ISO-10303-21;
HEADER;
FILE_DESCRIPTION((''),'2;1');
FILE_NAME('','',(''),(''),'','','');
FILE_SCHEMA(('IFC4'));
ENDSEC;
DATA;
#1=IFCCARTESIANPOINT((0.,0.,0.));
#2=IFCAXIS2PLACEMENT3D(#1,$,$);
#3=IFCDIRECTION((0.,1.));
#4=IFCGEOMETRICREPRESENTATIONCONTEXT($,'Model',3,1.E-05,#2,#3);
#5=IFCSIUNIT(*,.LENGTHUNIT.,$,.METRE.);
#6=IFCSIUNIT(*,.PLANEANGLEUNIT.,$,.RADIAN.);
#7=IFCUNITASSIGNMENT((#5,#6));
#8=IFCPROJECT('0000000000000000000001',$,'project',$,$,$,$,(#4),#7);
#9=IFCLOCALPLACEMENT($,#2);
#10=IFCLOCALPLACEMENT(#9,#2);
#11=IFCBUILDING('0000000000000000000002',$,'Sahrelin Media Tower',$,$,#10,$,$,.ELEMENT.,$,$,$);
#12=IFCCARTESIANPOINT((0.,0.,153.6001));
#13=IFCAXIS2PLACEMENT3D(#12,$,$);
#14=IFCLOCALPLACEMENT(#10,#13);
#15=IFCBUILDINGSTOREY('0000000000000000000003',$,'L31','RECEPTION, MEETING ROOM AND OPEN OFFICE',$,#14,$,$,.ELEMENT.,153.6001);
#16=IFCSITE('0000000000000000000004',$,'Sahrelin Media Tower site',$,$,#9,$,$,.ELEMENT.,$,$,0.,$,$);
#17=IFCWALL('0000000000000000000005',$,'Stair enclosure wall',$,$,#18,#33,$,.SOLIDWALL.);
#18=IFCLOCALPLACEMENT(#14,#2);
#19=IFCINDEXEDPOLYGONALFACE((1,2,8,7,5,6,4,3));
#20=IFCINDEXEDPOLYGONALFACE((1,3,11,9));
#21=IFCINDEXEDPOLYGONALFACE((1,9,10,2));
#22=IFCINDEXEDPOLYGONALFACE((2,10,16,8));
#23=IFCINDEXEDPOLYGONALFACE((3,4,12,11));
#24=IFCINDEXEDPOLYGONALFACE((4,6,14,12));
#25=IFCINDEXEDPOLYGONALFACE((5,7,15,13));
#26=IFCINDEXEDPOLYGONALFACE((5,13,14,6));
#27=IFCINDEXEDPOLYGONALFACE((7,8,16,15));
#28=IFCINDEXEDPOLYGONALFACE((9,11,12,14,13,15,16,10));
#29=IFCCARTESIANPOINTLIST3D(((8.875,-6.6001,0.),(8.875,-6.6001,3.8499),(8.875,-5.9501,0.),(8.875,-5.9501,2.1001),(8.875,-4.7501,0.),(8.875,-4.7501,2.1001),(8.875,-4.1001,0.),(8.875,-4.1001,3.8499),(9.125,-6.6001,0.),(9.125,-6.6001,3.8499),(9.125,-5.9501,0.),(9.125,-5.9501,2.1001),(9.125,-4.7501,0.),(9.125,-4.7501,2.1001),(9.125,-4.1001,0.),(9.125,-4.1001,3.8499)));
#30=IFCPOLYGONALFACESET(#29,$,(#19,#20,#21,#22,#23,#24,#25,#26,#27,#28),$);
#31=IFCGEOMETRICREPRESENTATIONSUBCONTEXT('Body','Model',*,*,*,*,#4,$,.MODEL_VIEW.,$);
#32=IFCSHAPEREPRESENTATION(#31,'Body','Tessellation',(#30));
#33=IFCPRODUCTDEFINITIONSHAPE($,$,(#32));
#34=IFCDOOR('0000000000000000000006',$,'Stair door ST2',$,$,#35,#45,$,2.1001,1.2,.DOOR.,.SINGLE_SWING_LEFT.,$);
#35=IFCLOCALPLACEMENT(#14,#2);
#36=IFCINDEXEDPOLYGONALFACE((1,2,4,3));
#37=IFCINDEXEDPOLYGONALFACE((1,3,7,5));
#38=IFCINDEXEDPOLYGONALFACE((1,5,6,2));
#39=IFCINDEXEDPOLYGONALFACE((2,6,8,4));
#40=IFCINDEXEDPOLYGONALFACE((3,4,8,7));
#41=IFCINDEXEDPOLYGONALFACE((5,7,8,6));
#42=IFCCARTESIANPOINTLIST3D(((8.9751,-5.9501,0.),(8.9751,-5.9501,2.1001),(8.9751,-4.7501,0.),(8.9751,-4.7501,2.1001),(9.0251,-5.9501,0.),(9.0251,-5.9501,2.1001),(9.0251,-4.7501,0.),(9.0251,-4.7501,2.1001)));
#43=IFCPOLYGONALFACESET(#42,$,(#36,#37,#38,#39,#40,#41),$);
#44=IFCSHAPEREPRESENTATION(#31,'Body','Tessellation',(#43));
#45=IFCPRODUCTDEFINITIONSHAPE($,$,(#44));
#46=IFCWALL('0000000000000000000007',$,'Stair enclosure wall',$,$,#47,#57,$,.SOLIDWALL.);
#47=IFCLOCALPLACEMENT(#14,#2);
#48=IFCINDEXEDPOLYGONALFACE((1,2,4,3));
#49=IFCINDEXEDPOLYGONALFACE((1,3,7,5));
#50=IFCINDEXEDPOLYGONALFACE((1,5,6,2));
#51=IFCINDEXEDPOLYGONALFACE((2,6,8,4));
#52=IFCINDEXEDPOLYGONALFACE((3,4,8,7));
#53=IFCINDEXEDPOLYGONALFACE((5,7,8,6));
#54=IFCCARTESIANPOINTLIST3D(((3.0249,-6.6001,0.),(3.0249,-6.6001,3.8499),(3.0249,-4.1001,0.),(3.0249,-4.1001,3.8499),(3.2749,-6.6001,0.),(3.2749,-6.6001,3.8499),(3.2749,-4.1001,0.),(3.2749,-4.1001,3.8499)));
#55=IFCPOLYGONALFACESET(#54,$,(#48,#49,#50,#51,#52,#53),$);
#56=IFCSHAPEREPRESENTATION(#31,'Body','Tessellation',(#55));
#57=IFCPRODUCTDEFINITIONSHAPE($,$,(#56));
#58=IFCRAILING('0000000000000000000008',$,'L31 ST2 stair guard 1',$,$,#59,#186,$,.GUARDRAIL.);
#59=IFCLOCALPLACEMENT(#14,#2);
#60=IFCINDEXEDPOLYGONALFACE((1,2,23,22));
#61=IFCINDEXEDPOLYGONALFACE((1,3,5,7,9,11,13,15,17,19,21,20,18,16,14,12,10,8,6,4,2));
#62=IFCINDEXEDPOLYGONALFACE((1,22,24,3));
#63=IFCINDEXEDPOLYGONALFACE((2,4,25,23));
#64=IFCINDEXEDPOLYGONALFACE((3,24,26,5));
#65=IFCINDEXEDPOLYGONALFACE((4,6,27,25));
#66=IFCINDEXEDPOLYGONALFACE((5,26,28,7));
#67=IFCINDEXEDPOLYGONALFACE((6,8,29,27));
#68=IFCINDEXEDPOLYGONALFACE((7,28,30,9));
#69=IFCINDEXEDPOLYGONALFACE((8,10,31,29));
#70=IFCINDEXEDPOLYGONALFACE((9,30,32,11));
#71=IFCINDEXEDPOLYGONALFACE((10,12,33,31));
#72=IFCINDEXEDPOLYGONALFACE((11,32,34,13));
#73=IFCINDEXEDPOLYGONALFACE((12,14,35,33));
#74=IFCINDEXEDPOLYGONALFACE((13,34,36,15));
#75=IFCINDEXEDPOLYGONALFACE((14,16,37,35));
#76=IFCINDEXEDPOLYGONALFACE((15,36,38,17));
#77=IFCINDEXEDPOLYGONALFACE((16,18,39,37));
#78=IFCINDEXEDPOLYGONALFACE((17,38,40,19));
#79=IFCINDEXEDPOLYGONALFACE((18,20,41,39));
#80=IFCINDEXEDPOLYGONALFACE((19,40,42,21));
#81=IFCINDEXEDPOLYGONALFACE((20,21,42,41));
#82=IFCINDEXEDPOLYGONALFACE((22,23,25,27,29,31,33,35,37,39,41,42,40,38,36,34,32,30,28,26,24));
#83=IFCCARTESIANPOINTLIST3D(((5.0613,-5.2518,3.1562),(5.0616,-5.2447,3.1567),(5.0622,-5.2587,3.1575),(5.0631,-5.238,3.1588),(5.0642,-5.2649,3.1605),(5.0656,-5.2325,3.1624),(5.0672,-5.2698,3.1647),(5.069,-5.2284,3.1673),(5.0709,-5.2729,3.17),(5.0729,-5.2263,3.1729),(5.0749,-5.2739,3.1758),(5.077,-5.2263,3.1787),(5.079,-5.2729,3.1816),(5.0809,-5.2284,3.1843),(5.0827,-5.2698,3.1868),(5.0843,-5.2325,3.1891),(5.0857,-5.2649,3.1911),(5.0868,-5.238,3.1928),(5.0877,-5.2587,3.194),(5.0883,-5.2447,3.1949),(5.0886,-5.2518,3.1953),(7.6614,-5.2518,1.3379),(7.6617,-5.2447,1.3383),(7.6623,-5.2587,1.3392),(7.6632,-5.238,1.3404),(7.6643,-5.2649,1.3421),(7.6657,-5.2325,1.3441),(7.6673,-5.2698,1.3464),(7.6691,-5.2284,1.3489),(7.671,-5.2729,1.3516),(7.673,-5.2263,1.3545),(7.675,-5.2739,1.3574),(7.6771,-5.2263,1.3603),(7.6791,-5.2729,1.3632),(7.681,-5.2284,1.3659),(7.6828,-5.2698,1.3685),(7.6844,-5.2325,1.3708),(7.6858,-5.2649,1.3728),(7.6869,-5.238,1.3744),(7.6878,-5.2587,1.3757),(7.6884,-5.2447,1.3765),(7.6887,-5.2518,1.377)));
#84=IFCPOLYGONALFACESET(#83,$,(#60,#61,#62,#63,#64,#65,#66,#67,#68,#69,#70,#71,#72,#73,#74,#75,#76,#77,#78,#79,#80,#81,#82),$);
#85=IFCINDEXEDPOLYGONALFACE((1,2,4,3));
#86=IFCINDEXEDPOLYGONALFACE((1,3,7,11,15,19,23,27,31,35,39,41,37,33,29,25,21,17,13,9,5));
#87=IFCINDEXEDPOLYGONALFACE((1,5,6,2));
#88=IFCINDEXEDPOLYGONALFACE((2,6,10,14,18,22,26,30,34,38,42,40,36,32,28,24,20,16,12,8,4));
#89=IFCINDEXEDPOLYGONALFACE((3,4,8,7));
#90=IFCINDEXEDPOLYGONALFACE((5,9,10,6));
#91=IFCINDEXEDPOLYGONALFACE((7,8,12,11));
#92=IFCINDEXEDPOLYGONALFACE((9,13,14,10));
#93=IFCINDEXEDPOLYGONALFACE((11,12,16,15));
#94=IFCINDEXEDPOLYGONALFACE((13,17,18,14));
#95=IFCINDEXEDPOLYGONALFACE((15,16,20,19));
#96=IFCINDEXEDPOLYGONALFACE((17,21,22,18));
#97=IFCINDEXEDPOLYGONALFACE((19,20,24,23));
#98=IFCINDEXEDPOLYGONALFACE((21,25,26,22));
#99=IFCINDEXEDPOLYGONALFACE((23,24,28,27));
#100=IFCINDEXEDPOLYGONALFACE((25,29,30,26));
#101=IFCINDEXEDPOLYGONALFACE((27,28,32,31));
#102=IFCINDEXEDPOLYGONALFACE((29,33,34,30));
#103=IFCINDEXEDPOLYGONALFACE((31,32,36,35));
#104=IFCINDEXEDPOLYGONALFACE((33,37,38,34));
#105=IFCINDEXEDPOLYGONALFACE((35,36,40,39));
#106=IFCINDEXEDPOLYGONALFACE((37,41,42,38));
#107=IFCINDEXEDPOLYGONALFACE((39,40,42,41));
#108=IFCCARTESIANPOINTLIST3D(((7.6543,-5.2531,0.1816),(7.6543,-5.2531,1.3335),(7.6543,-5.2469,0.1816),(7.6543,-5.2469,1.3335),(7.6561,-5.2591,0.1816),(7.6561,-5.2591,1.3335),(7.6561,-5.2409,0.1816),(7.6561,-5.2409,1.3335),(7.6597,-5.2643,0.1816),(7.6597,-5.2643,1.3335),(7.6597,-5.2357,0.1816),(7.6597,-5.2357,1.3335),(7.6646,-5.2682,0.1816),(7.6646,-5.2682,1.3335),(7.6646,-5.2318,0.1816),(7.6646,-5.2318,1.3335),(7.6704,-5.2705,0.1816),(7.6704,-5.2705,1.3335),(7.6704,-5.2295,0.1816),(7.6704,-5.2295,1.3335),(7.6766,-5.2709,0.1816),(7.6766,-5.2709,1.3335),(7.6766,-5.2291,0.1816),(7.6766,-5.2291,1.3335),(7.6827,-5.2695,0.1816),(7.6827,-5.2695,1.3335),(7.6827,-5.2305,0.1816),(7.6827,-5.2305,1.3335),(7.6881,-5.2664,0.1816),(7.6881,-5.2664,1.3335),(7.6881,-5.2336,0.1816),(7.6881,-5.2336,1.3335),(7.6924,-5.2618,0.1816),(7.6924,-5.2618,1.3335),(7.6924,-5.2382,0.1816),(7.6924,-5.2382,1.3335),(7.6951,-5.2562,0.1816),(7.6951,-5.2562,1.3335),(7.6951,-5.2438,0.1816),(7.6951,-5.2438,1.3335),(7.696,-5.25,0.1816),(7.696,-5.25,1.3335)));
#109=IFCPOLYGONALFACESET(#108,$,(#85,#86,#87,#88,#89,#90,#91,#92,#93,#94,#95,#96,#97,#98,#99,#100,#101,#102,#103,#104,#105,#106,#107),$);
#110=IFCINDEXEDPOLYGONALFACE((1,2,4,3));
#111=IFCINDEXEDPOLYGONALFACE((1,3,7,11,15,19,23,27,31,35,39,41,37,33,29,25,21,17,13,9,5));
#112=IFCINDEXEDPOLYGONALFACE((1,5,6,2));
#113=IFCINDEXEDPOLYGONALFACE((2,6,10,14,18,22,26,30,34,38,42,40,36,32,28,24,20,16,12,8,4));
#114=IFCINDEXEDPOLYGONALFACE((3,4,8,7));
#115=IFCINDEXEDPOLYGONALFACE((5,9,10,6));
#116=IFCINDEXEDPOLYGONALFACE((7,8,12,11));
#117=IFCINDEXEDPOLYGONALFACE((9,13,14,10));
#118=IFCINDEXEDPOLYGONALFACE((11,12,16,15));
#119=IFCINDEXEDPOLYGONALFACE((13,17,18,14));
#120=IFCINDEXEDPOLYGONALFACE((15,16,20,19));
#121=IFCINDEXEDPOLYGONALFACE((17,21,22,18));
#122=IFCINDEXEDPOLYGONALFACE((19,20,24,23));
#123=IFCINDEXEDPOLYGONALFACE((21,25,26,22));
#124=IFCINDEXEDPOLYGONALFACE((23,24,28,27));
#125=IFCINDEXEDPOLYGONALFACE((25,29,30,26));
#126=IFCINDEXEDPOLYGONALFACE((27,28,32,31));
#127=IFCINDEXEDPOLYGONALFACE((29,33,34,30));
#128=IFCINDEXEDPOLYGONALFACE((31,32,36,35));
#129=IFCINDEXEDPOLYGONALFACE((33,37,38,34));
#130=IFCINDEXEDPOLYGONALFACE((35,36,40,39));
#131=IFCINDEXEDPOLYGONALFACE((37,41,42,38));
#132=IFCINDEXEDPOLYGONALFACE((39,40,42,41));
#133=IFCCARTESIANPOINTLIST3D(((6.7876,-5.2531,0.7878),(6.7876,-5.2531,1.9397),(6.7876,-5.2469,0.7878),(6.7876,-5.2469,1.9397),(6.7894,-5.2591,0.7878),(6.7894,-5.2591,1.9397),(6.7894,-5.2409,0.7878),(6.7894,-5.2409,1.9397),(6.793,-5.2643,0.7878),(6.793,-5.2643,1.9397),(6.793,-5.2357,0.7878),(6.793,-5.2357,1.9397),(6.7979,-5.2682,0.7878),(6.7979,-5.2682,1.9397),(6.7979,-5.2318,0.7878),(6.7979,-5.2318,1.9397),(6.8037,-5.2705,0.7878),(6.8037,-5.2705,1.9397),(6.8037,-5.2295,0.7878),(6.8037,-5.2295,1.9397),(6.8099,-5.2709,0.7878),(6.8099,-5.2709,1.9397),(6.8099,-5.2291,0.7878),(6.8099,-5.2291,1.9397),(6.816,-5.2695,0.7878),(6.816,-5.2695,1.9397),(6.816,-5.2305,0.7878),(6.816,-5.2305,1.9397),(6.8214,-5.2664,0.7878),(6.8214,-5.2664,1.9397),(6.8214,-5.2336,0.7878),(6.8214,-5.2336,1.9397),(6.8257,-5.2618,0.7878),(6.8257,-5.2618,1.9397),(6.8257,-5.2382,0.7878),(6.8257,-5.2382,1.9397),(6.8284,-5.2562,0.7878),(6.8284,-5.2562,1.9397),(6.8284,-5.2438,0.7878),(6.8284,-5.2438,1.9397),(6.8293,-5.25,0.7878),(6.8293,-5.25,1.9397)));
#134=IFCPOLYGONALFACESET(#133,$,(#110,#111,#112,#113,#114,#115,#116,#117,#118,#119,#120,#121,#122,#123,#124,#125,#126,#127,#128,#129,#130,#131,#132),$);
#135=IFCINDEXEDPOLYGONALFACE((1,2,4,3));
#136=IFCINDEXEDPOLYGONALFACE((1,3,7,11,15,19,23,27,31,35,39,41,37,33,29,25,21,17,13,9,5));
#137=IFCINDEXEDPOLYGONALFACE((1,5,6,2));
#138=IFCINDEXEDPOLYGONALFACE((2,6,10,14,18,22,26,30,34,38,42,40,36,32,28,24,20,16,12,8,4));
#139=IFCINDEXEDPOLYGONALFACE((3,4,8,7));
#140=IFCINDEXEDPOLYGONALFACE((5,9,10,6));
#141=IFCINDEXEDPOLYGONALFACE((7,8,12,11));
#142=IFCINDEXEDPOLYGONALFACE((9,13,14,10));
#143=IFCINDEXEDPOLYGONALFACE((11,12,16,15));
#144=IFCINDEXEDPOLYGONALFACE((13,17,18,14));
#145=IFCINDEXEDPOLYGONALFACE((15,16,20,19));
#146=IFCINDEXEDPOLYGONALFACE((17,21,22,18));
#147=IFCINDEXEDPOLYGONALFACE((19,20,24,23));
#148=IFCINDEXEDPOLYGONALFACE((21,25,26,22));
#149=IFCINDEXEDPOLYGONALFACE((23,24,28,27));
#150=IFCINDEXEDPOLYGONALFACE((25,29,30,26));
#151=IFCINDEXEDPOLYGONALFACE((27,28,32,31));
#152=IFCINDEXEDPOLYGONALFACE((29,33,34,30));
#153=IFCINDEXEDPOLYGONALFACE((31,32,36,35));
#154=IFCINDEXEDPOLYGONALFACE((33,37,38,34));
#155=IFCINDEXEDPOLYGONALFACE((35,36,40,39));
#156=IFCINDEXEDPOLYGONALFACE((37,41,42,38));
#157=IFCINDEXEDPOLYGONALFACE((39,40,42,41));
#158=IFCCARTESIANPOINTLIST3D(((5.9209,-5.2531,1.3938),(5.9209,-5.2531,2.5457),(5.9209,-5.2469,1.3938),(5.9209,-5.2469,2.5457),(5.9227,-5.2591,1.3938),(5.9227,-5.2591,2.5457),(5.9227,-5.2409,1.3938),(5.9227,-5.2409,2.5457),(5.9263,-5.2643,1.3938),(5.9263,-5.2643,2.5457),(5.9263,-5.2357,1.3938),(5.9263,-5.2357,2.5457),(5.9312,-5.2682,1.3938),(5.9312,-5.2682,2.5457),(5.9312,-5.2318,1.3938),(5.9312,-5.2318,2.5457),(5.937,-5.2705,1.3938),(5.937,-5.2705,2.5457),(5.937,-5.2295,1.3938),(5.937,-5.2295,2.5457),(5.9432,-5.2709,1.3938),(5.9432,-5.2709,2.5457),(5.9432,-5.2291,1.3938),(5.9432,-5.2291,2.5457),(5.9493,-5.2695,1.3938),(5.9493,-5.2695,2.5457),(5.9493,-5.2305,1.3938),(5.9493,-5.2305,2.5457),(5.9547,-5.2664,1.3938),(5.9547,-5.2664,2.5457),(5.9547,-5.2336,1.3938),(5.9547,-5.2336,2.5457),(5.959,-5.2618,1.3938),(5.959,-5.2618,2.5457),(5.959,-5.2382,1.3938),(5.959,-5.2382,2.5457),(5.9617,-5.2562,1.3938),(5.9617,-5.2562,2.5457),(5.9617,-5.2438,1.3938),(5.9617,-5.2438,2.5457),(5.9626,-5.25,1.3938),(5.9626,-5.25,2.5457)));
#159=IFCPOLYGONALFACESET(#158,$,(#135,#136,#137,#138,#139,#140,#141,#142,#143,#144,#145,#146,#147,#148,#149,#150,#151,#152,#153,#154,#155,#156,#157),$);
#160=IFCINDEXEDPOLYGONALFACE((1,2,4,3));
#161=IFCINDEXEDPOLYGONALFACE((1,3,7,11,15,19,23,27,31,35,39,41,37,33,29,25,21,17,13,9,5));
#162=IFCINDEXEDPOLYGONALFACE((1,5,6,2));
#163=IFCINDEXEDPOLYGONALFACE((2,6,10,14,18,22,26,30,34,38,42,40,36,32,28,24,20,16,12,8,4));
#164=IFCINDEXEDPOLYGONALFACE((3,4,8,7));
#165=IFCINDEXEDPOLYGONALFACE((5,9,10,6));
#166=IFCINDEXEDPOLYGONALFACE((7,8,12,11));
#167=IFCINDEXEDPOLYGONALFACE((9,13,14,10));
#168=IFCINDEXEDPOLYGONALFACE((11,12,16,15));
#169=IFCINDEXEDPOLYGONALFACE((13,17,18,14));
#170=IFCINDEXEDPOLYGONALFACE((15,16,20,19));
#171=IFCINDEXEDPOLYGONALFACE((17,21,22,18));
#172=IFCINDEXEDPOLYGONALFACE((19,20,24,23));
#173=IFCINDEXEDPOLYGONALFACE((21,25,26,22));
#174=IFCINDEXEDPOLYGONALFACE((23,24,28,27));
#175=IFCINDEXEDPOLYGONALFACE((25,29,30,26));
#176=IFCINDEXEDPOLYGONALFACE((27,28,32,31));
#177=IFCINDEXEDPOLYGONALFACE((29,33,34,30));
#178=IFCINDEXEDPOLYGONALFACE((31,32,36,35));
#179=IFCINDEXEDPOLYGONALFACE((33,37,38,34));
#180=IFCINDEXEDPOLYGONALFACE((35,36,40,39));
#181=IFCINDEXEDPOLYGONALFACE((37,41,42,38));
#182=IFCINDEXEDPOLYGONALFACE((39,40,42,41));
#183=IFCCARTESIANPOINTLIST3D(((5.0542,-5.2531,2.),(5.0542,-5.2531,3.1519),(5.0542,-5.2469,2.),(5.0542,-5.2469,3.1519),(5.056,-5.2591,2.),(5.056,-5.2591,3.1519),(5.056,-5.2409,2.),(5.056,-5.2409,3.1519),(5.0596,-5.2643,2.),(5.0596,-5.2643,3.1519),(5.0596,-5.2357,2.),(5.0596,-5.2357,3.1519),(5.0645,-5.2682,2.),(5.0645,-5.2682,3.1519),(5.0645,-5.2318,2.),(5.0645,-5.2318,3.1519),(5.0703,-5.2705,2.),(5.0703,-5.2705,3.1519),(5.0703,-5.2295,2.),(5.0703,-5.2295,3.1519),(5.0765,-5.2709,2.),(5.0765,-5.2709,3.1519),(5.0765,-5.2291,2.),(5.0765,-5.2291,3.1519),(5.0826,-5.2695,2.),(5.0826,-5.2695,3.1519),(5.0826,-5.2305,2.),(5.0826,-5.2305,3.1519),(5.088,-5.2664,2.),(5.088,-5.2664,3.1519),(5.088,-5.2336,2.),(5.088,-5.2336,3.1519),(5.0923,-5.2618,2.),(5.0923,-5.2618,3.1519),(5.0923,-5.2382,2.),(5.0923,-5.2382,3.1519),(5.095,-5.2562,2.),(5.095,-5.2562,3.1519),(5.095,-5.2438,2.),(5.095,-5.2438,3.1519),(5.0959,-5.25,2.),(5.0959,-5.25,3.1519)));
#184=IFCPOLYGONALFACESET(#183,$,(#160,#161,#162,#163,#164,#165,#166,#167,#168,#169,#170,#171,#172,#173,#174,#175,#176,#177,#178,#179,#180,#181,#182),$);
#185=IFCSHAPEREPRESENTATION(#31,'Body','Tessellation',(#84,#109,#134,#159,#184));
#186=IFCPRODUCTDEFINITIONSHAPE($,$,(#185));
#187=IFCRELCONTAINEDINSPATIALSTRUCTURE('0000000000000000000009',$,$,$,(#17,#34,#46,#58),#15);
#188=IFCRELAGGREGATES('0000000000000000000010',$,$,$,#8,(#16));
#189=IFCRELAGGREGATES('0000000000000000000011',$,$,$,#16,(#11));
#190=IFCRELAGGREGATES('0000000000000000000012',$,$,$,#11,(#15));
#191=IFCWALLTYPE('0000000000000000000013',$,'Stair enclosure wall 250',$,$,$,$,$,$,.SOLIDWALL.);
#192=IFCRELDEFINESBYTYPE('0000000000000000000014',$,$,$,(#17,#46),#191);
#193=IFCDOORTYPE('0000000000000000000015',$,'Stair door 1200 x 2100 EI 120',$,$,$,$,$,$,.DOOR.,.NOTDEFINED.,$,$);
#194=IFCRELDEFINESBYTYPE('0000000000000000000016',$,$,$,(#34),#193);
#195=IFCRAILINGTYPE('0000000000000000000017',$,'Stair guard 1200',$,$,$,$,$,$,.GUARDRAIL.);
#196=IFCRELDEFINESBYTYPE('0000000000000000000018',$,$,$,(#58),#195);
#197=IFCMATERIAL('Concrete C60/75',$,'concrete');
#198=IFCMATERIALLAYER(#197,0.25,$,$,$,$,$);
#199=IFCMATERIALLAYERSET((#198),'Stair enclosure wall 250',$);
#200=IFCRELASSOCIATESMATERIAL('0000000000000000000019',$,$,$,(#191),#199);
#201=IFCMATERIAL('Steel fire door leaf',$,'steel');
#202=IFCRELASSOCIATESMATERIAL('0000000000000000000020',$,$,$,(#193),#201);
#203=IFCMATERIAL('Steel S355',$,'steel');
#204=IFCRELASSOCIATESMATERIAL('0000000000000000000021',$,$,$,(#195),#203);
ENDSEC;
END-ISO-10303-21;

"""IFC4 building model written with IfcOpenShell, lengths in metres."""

from ifc_helpers import new_model, si_unit, direction, frame, frame_2d, origin, origin_2d, place, context, subcontext, project, spatial, rectangle, circle, extrude, material, layer, layer_set, type_object, element, fill, save


model = new_model("IFC4")

# Units and contexts
model_context = context("Model", 3, precision=1e-05, world=origin(), true_north=direction((0.0, 1.0)))
body_context = subcontext(model_context, "Body", "Model", "MODEL_VIEW")
ifc_project = project(units=[si_unit("LENGTHUNIT", "METRE"), si_unit("PLANEANGLEUNIT", "RADIAN")], contexts=[model_context])

# Site, building, storey
site_placement = place(None, origin())
site = spatial("IfcSite", under=ifc_project, at=site_placement, Name="Sahrelin Media Tower site", CompositionType="ELEMENT", RefElevation=0.0)
building_placement = place(site_placement, origin())
building = spatial("IfcBuilding", under=site, at=building_placement, Name="Sahrelin Media Tower", CompositionType="ELEMENT")
storey_placement = place(building_placement, frame((0.0, 0.0, 153.6001)))
storey = spatial("IfcBuildingStorey", under=building, at=storey_placement, Name="L31", Description="RECEPTION, MEETING ROOM AND OPEN OFFICE", CompositionType="ELEMENT", Elevation=153.6001)

# Shared definitions
ifc_material_1 = material(Name="Concrete C60/75", Category="concrete")

# Wall, opening, door
ifc_layer_1 = layer(ifc_material_1, 0.25)
ifc_layer_set_1 = layer_set([ifc_layer_1], Name="Stair enclosure wall 250")
wall_type_1 = type_object("IfcWallType", Name="Stair enclosure wall 250", PredefinedType="SOLIDWALL", material=ifc_layer_set_1)
wall_1_placement = place(storey_placement, frame((9.0, -6.6001, 0.0), z_axis=(0.0, 0.0, 1.0), x_axis=(0.0, 1.0, 0.0)))
wall_1 = element("IfcWall", 1, at=wall_1_placement, inside=storey, type_object=wall_type_1, Name="Stair enclosure wall", PredefinedType="SOLIDWALL", context=body_context, shape_type="SweptSolid", body=[
    extrude(rectangle(XDim=2.5, YDim=0.25, at=frame_2d((1.25, 0.0))), origin(), (0.0, 0.0, 1.0), 3.8499),
])
opening_placement = place(wall_1_placement, frame((0.6499, 0.0, 0.0)))
opening = element("IfcOpeningElement", 2, at=opening_placement, cuts=wall_1, PredefinedType="OPENING", context=body_context, shape_type="SweptSolid", body=[
    extrude(rectangle(XDim=1.2, YDim=2.1001, at=frame_2d((0.6001, 1.05))), frame((0.0, 0.125, 0.0), z_axis=(0.0, -1.0, 0.0), x_axis=(1.0, 0.0, 0.0)), (0.0, 0.0, 1.0), 0.25),
])
ifc_material_2 = material(Name="Steel fire door leaf", Category="steel")
door_type = type_object("IfcDoorType", Name="Stair door 1200 x 2100 EI 120", OperationType="NOTDEFINED", PredefinedType="DOOR", material=ifc_material_2)
door_placement = place(opening_placement, origin())
door = element("IfcDoor", 3, at=door_placement, inside=storey, type_object=door_type, Name="Stair door ST2", OperationType="SINGLE_SWING_LEFT", OverallHeight=2.1001, OverallWidth=1.2, PredefinedType="DOOR", context=body_context, shape_type="SweptSolid", body=[
    extrude(rectangle(XDim=1.2, YDim=2.1001, at=frame_2d((0.6001, 1.05))), frame((0.0, 0.0249, 0.0), z_axis=(0.0, -1.0, 0.0), x_axis=(1.0, 0.0, 0.0)), (0.0, 0.0, 1.0), 0.05),
])
fill(opening, door)

# Wall
wall_2_placement = place(storey_placement, frame((3.1499, -6.6001, 0.0), z_axis=(0.0, 0.0, 1.0), x_axis=(0.0, 1.0, 0.0)))
element("IfcWall", 4, at=wall_2_placement, inside=storey, type_object=wall_type_1, Name="Stair enclosure wall", PredefinedType="SOLIDWALL", context=body_context, shape_type="SweptSolid", body=[
    extrude(rectangle(XDim=2.5, YDim=0.25, at=frame_2d((1.25, 0.0))), origin(), (0.0, 0.0, 1.0), 3.8499),
])

# Railing
ifc_material_3 = material(Name="Steel S355", Category="steel")
railing_type_1 = type_object("IfcRailingType", Name="Stair guard 1200", PredefinedType="GUARDRAIL", material=ifc_material_3)
railing_1_placement = place(storey_placement, frame((7.675, -5.25, 0.1816)))
element("IfcRailing", 5, at=railing_1_placement, inside=storey, type_object=railing_type_1, Name="L31 ST2 stair guard 1", PredefinedType="GUARDRAIL", context=body_context, shape_type="SweptSolid", body=[
    extrude(circle(Radius=0.0239, at=origin_2d()), frame((0.0, 0.0, 1.1758), z_axis=(-0.819485, 0.0, 0.573101), x_axis=(0.0, -1.0, 0.0)), (0.0, 0.0, 1.0), 3.1729),
    extrude(circle(Radius=0.021, at=origin_2d()), origin(), (0.0, 0.0, 1.0), 1.1519),
    extrude(circle(Radius=0.021, at=origin_2d()), frame((-0.8667, 0.0, 0.6062)), (0.0, 0.0, 1.0), 1.1519),
    extrude(circle(Radius=0.021, at=origin_2d()), frame((-1.7334, 0.0, 1.2122)), (0.0, 0.0, 1.0), 1.1519),
    extrude(circle(Radius=0.021, at=origin_2d()), frame((-2.6001, 0.0, 1.8184)), (0.0, 0.0, 1.0), 1.1519),
])

save(model, "model.ifc")
